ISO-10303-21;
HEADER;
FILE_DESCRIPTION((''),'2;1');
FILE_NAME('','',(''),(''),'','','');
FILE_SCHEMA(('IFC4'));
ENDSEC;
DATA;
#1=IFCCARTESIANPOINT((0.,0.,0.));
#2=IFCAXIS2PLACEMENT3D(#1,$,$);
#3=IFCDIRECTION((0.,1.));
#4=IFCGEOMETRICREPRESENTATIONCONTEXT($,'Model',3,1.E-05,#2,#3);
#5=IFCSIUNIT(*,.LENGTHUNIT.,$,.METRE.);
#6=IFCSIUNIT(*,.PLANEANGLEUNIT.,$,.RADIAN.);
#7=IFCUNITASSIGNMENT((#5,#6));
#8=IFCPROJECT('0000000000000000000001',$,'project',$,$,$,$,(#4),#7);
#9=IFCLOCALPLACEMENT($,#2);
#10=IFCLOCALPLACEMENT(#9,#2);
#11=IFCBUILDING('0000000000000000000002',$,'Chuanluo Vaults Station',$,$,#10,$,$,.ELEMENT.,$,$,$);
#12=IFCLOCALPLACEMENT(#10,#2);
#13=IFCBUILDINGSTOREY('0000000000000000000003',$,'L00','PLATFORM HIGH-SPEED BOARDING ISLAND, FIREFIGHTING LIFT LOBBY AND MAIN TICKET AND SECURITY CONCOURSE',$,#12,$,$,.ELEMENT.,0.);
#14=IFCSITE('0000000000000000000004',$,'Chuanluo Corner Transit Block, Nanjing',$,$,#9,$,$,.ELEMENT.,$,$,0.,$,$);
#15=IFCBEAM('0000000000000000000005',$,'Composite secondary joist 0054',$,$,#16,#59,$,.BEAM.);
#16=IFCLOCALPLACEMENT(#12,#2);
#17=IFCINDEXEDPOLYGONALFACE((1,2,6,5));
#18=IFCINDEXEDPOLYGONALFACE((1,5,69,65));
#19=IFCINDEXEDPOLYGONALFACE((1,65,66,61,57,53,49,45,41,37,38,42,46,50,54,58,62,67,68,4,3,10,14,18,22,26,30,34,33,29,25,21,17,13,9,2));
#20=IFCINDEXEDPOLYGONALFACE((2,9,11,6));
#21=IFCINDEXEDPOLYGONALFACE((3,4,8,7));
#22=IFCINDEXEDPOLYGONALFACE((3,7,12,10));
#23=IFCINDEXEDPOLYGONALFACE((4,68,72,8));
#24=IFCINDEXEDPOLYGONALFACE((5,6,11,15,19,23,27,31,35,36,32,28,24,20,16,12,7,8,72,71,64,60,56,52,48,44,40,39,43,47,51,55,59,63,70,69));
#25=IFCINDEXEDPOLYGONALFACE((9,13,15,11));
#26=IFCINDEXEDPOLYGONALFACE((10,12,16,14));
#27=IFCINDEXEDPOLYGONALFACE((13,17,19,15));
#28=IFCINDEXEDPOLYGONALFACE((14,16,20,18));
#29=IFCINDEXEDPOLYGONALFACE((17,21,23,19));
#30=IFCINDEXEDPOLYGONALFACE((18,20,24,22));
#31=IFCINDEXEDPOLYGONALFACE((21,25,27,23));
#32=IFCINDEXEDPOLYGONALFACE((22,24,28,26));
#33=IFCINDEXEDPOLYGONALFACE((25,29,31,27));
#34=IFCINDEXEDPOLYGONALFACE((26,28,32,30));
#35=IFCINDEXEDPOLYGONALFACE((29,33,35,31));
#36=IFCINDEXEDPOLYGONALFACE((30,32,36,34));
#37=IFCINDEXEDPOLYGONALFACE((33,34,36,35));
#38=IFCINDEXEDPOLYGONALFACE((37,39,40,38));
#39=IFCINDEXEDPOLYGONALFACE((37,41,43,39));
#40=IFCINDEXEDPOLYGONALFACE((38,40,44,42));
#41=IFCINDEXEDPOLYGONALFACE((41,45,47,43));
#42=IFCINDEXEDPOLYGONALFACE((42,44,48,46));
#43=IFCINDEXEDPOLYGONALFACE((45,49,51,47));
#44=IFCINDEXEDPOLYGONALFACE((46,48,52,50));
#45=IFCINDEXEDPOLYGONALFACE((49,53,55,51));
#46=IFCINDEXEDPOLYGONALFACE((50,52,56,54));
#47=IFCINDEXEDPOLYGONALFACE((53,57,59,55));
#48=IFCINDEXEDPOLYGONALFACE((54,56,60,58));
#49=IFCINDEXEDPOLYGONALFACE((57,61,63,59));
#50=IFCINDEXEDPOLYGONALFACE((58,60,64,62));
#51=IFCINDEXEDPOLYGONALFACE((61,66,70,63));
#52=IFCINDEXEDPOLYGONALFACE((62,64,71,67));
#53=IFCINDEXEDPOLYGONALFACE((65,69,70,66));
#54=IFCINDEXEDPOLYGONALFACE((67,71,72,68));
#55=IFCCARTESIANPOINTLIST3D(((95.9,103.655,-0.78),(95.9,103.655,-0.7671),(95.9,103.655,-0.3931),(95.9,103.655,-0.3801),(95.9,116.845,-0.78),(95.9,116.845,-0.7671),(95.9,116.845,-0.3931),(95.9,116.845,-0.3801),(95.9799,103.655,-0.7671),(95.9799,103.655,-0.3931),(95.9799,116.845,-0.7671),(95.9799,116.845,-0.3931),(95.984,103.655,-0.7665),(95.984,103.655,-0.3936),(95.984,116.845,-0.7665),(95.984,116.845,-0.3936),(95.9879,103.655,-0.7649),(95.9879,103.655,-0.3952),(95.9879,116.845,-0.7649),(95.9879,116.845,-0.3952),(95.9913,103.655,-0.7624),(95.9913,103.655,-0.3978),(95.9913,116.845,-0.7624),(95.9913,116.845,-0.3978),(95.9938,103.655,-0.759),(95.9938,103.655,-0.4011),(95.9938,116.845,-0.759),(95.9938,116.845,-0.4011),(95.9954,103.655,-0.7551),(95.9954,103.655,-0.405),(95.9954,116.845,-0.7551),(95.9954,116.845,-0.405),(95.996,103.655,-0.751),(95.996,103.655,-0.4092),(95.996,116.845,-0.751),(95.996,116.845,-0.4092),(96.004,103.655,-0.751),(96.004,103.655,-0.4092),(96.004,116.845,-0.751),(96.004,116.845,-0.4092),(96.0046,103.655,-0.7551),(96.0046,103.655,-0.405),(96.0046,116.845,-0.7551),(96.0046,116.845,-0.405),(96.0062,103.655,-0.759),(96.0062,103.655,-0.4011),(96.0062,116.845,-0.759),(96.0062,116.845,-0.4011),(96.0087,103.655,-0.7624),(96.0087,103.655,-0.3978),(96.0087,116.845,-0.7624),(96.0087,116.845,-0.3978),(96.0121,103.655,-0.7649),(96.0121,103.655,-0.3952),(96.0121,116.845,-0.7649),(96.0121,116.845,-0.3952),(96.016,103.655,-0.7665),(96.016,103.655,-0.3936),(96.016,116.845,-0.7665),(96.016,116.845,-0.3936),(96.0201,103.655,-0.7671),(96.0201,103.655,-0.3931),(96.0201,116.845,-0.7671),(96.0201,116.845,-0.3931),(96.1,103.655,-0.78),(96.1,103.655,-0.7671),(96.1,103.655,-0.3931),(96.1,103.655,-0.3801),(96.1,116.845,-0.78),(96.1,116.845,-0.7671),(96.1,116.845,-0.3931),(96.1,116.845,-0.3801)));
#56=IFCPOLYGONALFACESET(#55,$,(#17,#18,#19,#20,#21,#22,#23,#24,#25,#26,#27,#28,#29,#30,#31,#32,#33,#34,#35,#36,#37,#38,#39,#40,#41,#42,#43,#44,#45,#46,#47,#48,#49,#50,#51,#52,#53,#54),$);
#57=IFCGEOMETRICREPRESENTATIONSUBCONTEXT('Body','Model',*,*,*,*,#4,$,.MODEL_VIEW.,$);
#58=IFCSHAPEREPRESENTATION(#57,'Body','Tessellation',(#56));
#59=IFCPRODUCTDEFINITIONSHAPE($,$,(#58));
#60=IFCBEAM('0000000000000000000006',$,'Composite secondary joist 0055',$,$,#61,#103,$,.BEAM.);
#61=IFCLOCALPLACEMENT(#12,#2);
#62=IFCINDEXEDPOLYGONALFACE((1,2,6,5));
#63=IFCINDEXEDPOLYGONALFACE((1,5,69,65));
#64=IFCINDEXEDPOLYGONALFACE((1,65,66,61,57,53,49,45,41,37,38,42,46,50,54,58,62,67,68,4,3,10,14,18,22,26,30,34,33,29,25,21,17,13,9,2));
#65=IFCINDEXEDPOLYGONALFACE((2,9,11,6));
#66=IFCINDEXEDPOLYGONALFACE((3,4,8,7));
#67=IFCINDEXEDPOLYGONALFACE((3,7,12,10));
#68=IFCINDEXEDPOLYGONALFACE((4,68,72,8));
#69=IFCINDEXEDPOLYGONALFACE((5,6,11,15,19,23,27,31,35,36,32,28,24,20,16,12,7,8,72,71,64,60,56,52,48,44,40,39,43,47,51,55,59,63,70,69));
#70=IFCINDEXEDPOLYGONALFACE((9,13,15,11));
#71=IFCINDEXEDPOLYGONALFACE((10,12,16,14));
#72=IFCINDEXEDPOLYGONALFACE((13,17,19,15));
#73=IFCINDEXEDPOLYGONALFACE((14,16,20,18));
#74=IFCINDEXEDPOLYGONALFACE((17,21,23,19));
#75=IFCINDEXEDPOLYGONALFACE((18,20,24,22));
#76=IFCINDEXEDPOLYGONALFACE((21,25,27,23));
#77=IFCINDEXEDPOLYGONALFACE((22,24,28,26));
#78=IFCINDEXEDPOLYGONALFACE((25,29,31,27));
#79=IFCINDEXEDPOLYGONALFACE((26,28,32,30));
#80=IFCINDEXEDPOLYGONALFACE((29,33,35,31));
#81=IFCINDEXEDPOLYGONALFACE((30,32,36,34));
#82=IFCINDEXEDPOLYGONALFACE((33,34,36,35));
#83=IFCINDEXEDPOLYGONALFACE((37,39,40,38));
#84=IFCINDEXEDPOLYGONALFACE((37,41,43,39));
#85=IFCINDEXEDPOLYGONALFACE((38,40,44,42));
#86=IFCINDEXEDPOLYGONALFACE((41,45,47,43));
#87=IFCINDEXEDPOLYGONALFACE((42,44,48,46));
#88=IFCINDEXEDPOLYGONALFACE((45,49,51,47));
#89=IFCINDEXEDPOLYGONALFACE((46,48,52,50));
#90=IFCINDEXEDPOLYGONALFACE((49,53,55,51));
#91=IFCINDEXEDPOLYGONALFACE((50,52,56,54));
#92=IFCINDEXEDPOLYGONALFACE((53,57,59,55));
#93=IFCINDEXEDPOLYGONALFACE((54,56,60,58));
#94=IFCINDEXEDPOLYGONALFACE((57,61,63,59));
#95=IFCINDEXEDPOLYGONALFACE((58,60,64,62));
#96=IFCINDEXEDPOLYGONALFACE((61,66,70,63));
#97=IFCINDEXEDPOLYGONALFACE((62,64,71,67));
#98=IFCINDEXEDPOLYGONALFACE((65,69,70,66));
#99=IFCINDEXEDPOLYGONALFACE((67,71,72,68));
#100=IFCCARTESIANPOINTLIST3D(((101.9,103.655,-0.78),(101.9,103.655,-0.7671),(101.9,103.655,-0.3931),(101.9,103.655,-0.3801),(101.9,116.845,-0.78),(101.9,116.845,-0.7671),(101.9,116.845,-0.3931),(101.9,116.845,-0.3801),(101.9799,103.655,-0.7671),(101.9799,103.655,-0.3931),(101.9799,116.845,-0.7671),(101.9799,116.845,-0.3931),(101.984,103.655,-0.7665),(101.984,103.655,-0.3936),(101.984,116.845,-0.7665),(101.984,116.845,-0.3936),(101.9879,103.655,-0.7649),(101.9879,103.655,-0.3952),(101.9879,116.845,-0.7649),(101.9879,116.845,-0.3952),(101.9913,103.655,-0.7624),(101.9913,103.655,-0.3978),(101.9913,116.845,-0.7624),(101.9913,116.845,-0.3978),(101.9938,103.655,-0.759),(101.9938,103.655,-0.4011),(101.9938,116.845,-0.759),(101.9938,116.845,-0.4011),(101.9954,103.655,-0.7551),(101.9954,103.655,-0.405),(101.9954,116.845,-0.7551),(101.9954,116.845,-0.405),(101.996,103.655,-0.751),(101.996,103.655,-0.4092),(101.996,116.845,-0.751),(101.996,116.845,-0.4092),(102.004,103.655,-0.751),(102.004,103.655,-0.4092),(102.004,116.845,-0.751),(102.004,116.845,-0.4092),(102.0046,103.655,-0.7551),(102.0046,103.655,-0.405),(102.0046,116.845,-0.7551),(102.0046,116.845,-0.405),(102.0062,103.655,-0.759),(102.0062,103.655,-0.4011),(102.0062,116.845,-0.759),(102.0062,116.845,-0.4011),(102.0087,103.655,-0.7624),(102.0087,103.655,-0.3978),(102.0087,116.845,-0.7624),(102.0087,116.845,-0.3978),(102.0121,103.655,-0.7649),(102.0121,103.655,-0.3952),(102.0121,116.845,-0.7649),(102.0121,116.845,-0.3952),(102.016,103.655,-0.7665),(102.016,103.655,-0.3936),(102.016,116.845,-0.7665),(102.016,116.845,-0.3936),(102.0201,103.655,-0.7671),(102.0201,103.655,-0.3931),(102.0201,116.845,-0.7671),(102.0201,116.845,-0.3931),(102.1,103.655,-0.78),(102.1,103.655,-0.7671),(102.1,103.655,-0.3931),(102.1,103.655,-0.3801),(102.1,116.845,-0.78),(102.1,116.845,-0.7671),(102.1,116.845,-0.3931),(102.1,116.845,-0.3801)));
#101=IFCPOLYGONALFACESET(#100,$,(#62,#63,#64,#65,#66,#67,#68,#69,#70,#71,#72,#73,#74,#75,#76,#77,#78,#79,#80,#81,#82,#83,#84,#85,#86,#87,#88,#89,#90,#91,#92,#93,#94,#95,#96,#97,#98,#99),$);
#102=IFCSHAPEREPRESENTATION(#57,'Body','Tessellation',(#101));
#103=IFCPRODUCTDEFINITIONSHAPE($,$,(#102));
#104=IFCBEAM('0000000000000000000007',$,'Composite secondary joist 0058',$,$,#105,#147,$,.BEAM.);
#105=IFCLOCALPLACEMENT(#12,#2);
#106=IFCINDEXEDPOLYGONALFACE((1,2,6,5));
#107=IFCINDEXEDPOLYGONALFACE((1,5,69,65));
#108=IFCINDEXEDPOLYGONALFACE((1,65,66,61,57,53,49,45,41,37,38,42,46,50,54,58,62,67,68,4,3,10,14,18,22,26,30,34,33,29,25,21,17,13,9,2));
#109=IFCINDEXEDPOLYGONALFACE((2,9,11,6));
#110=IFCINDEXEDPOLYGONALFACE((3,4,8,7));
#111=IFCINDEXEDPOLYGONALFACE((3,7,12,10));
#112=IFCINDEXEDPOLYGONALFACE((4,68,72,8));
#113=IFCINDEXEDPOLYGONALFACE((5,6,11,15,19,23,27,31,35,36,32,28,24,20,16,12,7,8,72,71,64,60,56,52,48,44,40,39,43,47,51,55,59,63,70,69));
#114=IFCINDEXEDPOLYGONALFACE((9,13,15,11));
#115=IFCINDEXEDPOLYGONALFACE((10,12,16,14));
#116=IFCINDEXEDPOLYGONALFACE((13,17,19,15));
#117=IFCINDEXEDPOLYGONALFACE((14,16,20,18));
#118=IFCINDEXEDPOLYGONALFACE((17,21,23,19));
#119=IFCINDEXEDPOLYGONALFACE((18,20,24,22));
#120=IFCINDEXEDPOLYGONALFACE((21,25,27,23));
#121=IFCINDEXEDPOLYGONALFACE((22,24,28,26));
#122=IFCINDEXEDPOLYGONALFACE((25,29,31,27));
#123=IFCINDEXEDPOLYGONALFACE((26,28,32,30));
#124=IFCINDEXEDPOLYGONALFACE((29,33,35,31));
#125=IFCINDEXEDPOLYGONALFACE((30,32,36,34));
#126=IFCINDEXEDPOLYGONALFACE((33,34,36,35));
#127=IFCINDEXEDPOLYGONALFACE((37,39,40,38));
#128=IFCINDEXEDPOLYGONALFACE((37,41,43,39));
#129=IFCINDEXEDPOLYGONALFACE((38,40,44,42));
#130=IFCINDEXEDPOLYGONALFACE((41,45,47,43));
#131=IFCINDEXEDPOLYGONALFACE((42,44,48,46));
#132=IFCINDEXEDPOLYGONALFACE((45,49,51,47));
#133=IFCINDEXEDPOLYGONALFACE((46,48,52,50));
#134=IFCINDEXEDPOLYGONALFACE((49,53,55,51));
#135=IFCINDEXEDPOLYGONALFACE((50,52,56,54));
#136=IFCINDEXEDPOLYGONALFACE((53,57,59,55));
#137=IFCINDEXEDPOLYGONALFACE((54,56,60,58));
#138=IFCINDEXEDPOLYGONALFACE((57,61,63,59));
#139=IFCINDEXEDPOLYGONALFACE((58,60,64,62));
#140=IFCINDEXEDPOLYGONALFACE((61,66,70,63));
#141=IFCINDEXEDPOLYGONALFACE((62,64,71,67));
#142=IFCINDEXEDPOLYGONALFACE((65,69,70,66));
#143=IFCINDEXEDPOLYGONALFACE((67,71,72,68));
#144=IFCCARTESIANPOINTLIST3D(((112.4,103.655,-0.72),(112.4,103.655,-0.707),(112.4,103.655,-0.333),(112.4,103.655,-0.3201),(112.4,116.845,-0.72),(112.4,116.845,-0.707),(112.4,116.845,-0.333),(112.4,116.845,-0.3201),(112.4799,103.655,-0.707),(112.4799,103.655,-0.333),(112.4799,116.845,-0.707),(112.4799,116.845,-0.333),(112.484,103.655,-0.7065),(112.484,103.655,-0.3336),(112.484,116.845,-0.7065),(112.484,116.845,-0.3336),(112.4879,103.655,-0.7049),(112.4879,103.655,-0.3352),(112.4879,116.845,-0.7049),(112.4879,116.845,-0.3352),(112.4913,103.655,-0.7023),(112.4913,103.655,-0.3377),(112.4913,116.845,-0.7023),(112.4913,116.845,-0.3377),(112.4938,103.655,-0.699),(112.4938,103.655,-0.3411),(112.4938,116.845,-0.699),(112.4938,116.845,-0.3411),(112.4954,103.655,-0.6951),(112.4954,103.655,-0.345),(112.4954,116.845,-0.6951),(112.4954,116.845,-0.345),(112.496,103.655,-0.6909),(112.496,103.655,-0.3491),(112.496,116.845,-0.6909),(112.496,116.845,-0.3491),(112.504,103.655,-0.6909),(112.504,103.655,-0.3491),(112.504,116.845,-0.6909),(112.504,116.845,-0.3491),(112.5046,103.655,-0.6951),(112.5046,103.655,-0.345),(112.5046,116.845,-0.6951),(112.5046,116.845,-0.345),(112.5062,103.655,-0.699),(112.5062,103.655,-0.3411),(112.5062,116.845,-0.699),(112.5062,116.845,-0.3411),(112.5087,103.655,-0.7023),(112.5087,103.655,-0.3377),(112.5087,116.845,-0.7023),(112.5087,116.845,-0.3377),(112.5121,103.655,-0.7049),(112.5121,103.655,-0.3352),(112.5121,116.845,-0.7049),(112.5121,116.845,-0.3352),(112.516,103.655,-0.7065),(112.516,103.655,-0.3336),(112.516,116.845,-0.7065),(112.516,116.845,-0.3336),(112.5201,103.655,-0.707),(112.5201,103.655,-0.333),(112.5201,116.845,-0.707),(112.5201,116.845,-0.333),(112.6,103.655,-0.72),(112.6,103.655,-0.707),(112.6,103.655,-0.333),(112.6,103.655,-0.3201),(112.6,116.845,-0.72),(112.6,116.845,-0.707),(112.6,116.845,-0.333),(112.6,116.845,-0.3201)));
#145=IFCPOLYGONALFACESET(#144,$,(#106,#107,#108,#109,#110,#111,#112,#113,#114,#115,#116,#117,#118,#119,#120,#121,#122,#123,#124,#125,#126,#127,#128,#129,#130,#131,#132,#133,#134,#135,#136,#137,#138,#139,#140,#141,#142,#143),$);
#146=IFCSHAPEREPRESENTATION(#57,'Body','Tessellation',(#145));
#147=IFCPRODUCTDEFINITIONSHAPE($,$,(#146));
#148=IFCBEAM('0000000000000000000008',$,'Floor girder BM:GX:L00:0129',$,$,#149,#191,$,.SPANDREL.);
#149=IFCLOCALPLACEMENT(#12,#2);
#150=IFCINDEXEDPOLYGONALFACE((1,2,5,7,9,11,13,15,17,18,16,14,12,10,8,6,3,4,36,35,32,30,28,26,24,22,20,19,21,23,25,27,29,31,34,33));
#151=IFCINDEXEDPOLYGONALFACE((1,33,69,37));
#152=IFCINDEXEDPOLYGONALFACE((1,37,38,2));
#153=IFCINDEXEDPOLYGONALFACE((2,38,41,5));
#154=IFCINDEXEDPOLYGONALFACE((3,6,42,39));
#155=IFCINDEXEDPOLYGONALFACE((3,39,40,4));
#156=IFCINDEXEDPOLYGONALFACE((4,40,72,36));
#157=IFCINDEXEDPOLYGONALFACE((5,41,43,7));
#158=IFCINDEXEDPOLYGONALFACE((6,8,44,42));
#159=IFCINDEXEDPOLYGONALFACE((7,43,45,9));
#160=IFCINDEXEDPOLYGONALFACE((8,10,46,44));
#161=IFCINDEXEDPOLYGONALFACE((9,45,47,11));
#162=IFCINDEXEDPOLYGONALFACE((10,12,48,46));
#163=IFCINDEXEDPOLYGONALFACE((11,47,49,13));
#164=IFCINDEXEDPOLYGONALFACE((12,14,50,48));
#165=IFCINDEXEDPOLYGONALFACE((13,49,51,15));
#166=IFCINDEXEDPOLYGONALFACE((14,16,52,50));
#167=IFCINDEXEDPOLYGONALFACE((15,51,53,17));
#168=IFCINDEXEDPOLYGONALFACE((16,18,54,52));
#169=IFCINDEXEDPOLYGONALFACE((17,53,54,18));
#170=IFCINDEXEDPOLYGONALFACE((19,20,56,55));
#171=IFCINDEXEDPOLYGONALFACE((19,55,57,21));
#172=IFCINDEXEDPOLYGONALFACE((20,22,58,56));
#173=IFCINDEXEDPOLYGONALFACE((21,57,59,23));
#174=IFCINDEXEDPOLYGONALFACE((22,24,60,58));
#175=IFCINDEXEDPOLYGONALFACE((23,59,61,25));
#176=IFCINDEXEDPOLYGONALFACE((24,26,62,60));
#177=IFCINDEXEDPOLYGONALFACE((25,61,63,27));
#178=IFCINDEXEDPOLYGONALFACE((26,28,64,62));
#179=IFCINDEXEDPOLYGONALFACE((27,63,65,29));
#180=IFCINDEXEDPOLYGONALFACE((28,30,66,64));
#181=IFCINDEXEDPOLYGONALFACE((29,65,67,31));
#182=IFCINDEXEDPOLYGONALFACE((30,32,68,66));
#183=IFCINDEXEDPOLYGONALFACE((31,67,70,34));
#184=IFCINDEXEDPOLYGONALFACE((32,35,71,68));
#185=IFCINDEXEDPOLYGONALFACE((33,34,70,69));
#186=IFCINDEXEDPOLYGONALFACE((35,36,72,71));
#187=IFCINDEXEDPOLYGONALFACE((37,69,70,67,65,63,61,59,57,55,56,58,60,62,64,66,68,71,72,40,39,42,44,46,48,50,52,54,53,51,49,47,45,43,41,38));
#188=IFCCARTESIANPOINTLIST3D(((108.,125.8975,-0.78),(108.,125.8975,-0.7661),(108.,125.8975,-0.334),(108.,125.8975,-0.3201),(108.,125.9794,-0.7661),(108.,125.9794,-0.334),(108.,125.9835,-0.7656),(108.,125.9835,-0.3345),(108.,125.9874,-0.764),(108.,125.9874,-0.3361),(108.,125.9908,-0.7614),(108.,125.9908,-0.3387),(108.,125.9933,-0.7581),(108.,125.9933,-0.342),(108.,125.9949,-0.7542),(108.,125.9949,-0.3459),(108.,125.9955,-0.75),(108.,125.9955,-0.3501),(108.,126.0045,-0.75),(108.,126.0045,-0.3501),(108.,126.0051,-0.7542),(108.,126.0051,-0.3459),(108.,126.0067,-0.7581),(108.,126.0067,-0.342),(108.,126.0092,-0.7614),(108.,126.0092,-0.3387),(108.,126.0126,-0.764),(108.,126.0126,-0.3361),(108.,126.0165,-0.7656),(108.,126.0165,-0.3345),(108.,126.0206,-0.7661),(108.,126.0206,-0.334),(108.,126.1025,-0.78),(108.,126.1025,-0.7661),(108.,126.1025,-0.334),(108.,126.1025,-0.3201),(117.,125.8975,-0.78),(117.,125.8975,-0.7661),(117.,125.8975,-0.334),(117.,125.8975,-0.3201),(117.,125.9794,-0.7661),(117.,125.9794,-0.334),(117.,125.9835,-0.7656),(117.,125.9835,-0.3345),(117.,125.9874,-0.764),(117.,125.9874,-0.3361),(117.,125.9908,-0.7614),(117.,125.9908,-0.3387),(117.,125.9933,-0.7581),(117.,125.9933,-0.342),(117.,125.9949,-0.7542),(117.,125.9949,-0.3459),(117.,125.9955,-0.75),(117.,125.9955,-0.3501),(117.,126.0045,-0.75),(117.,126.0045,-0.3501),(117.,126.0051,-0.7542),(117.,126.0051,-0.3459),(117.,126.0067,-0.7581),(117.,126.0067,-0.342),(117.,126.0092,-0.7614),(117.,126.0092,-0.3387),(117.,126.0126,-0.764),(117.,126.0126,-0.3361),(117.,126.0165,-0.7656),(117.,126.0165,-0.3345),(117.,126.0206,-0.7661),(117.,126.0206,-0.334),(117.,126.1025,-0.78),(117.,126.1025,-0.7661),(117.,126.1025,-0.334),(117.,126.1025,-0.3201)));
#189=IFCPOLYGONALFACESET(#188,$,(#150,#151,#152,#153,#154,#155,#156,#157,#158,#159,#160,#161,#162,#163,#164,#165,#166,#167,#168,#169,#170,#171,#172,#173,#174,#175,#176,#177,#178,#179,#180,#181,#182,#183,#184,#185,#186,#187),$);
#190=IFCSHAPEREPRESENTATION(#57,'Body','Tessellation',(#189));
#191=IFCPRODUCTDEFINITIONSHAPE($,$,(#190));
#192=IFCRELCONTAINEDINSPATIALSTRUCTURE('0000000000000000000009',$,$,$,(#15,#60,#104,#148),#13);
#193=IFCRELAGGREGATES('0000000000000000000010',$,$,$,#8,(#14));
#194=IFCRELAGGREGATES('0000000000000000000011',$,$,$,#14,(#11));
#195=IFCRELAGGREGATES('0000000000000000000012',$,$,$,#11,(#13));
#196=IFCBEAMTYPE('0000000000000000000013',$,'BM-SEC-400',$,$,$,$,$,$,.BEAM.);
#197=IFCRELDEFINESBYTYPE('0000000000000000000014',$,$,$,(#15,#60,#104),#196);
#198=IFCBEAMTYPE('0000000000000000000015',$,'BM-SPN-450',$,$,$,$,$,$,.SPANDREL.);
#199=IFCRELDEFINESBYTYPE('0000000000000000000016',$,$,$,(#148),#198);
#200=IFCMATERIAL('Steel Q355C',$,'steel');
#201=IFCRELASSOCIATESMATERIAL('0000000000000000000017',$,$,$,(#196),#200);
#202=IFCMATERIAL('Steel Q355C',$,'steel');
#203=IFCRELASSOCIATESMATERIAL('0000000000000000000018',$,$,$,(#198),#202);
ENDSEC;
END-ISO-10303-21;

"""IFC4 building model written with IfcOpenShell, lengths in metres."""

from ifc_helpers import new_model, si_unit, direction, frame, origin, origin_2d, place, context, subcontext, project, spatial, i_section, extrude, material, material_profile, profile_set, type_object, element, save


model = new_model("IFC4")

# Units and contexts
model_context = context("Model", 3, precision=1e-05, world=origin(), true_north=direction((0.0, 1.0)))
body_context = subcontext(model_context, "Body", "Model", "MODEL_VIEW")
ifc_project = project(units=[si_unit("LENGTHUNIT", "METRE"), si_unit("PLANEANGLEUNIT", "RADIAN")], contexts=[model_context])

# Site, building, storey
site_placement = place(None, origin())
site = spatial("IfcSite", under=ifc_project, at=site_placement, Name="Chuanluo Corner Transit Block, Nanjing", CompositionType="ELEMENT", RefElevation=0.0)
building_placement = place(site_placement, origin())
building = spatial("IfcBuilding", under=site, at=building_placement, Name="Chuanluo Vaults Station", CompositionType="ELEMENT")
storey_placement = place(building_placement, origin())
storey = spatial("IfcBuildingStorey", under=building, at=storey_placement, Name="L00", Description="PLATFORM HIGH-SPEED BOARDING ISLAND, FIREFIGHTING LIFT LOBBY AND MAIN TICKET AND SECURITY CONCOURSE", CompositionType="ELEMENT", Elevation=0.0)

# Beams
ifc_material_1 = material(Name="Steel Q355C", Category="steel")
ifc_material_profile_1 = material_profile(ifc_material_1, i_section(OverallWidth=0.2, OverallDepth=0.3999, WebThickness=0.0081, FlangeThickness=0.0129, FilletRadius=0.0161, at=origin_2d()))
ifc_profile_set_1 = profile_set([ifc_material_profile_1], Name="Steel Q355C")
beam_type_1 = type_object("IfcBeamType", Name="BM-SEC-400", PredefinedType="BEAM", material=ifc_profile_set_1)
for number, where, z_axis, x_axis, name in (
    (1, (96.0, 103.655, -0.5801), (0.0, 1.0, 0.0), (-1.0, 0.0, 0.0), "Composite secondary joist 0054"),
    (2, (102.0, 103.655, -0.5801), (0.0, 1.0, 0.0), (-1.0, 0.0, 0.0), "Composite secondary joist 0055"),
    (3, (112.5, 103.655, -0.52), (0.0, 1.0, 0.0), (-1.0, 0.0, 0.0), "Composite secondary joist 0058"),
):
    element("IfcBeam", number, at=place(storey_placement, frame(where, z_axis=z_axis, x_axis=x_axis)), inside=storey, type_object=beam_type_1, Name=name, PredefinedType="BEAM", context=body_context, shape_type="SweptSolid", body=[
        extrude(i_section(OverallWidth=0.2, OverallDepth=0.3999, WebThickness=0.0081, FlangeThickness=0.0129, FilletRadius=0.0161, at=origin_2d()), origin(), (0.0, 0.0, 1.0), 13.1899),
    ])
ifc_material_2 = material(Name="Steel Q355C", Category="steel")
ifc_material_profile_2 = material_profile(ifc_material_2, i_section(OverallWidth=0.2051, OverallDepth=0.46, WebThickness=0.009, FlangeThickness=0.0139, FilletRadius=0.0161, at=origin_2d()))
ifc_profile_set_2 = profile_set([ifc_material_profile_2], Name="Steel Q355C")
beam_type_2 = type_object("IfcBeamType", Name="BM-SPN-450", PredefinedType="SPANDREL", material=ifc_profile_set_2)
beam_1_placement = place(storey_placement, frame((108.0, 126.0, -0.55), z_axis=(1.0, 0.0, 0.0), x_axis=(0.0, 1.0, 0.0)))
element("IfcBeam", 4, at=beam_1_placement, inside=storey, type_object=beam_type_2, Name="Floor girder BM:GX:L00:0129", PredefinedType="SPANDREL", context=body_context, shape_type="SweptSolid", body=[
    extrude(i_section(OverallWidth=0.2051, OverallDepth=0.46, WebThickness=0.009, FlangeThickness=0.0139, FilletRadius=0.0161, at=origin_2d()), origin(), (0.0, 0.0, 1.0), 9.0),
])

save(model, "model.ifc")
